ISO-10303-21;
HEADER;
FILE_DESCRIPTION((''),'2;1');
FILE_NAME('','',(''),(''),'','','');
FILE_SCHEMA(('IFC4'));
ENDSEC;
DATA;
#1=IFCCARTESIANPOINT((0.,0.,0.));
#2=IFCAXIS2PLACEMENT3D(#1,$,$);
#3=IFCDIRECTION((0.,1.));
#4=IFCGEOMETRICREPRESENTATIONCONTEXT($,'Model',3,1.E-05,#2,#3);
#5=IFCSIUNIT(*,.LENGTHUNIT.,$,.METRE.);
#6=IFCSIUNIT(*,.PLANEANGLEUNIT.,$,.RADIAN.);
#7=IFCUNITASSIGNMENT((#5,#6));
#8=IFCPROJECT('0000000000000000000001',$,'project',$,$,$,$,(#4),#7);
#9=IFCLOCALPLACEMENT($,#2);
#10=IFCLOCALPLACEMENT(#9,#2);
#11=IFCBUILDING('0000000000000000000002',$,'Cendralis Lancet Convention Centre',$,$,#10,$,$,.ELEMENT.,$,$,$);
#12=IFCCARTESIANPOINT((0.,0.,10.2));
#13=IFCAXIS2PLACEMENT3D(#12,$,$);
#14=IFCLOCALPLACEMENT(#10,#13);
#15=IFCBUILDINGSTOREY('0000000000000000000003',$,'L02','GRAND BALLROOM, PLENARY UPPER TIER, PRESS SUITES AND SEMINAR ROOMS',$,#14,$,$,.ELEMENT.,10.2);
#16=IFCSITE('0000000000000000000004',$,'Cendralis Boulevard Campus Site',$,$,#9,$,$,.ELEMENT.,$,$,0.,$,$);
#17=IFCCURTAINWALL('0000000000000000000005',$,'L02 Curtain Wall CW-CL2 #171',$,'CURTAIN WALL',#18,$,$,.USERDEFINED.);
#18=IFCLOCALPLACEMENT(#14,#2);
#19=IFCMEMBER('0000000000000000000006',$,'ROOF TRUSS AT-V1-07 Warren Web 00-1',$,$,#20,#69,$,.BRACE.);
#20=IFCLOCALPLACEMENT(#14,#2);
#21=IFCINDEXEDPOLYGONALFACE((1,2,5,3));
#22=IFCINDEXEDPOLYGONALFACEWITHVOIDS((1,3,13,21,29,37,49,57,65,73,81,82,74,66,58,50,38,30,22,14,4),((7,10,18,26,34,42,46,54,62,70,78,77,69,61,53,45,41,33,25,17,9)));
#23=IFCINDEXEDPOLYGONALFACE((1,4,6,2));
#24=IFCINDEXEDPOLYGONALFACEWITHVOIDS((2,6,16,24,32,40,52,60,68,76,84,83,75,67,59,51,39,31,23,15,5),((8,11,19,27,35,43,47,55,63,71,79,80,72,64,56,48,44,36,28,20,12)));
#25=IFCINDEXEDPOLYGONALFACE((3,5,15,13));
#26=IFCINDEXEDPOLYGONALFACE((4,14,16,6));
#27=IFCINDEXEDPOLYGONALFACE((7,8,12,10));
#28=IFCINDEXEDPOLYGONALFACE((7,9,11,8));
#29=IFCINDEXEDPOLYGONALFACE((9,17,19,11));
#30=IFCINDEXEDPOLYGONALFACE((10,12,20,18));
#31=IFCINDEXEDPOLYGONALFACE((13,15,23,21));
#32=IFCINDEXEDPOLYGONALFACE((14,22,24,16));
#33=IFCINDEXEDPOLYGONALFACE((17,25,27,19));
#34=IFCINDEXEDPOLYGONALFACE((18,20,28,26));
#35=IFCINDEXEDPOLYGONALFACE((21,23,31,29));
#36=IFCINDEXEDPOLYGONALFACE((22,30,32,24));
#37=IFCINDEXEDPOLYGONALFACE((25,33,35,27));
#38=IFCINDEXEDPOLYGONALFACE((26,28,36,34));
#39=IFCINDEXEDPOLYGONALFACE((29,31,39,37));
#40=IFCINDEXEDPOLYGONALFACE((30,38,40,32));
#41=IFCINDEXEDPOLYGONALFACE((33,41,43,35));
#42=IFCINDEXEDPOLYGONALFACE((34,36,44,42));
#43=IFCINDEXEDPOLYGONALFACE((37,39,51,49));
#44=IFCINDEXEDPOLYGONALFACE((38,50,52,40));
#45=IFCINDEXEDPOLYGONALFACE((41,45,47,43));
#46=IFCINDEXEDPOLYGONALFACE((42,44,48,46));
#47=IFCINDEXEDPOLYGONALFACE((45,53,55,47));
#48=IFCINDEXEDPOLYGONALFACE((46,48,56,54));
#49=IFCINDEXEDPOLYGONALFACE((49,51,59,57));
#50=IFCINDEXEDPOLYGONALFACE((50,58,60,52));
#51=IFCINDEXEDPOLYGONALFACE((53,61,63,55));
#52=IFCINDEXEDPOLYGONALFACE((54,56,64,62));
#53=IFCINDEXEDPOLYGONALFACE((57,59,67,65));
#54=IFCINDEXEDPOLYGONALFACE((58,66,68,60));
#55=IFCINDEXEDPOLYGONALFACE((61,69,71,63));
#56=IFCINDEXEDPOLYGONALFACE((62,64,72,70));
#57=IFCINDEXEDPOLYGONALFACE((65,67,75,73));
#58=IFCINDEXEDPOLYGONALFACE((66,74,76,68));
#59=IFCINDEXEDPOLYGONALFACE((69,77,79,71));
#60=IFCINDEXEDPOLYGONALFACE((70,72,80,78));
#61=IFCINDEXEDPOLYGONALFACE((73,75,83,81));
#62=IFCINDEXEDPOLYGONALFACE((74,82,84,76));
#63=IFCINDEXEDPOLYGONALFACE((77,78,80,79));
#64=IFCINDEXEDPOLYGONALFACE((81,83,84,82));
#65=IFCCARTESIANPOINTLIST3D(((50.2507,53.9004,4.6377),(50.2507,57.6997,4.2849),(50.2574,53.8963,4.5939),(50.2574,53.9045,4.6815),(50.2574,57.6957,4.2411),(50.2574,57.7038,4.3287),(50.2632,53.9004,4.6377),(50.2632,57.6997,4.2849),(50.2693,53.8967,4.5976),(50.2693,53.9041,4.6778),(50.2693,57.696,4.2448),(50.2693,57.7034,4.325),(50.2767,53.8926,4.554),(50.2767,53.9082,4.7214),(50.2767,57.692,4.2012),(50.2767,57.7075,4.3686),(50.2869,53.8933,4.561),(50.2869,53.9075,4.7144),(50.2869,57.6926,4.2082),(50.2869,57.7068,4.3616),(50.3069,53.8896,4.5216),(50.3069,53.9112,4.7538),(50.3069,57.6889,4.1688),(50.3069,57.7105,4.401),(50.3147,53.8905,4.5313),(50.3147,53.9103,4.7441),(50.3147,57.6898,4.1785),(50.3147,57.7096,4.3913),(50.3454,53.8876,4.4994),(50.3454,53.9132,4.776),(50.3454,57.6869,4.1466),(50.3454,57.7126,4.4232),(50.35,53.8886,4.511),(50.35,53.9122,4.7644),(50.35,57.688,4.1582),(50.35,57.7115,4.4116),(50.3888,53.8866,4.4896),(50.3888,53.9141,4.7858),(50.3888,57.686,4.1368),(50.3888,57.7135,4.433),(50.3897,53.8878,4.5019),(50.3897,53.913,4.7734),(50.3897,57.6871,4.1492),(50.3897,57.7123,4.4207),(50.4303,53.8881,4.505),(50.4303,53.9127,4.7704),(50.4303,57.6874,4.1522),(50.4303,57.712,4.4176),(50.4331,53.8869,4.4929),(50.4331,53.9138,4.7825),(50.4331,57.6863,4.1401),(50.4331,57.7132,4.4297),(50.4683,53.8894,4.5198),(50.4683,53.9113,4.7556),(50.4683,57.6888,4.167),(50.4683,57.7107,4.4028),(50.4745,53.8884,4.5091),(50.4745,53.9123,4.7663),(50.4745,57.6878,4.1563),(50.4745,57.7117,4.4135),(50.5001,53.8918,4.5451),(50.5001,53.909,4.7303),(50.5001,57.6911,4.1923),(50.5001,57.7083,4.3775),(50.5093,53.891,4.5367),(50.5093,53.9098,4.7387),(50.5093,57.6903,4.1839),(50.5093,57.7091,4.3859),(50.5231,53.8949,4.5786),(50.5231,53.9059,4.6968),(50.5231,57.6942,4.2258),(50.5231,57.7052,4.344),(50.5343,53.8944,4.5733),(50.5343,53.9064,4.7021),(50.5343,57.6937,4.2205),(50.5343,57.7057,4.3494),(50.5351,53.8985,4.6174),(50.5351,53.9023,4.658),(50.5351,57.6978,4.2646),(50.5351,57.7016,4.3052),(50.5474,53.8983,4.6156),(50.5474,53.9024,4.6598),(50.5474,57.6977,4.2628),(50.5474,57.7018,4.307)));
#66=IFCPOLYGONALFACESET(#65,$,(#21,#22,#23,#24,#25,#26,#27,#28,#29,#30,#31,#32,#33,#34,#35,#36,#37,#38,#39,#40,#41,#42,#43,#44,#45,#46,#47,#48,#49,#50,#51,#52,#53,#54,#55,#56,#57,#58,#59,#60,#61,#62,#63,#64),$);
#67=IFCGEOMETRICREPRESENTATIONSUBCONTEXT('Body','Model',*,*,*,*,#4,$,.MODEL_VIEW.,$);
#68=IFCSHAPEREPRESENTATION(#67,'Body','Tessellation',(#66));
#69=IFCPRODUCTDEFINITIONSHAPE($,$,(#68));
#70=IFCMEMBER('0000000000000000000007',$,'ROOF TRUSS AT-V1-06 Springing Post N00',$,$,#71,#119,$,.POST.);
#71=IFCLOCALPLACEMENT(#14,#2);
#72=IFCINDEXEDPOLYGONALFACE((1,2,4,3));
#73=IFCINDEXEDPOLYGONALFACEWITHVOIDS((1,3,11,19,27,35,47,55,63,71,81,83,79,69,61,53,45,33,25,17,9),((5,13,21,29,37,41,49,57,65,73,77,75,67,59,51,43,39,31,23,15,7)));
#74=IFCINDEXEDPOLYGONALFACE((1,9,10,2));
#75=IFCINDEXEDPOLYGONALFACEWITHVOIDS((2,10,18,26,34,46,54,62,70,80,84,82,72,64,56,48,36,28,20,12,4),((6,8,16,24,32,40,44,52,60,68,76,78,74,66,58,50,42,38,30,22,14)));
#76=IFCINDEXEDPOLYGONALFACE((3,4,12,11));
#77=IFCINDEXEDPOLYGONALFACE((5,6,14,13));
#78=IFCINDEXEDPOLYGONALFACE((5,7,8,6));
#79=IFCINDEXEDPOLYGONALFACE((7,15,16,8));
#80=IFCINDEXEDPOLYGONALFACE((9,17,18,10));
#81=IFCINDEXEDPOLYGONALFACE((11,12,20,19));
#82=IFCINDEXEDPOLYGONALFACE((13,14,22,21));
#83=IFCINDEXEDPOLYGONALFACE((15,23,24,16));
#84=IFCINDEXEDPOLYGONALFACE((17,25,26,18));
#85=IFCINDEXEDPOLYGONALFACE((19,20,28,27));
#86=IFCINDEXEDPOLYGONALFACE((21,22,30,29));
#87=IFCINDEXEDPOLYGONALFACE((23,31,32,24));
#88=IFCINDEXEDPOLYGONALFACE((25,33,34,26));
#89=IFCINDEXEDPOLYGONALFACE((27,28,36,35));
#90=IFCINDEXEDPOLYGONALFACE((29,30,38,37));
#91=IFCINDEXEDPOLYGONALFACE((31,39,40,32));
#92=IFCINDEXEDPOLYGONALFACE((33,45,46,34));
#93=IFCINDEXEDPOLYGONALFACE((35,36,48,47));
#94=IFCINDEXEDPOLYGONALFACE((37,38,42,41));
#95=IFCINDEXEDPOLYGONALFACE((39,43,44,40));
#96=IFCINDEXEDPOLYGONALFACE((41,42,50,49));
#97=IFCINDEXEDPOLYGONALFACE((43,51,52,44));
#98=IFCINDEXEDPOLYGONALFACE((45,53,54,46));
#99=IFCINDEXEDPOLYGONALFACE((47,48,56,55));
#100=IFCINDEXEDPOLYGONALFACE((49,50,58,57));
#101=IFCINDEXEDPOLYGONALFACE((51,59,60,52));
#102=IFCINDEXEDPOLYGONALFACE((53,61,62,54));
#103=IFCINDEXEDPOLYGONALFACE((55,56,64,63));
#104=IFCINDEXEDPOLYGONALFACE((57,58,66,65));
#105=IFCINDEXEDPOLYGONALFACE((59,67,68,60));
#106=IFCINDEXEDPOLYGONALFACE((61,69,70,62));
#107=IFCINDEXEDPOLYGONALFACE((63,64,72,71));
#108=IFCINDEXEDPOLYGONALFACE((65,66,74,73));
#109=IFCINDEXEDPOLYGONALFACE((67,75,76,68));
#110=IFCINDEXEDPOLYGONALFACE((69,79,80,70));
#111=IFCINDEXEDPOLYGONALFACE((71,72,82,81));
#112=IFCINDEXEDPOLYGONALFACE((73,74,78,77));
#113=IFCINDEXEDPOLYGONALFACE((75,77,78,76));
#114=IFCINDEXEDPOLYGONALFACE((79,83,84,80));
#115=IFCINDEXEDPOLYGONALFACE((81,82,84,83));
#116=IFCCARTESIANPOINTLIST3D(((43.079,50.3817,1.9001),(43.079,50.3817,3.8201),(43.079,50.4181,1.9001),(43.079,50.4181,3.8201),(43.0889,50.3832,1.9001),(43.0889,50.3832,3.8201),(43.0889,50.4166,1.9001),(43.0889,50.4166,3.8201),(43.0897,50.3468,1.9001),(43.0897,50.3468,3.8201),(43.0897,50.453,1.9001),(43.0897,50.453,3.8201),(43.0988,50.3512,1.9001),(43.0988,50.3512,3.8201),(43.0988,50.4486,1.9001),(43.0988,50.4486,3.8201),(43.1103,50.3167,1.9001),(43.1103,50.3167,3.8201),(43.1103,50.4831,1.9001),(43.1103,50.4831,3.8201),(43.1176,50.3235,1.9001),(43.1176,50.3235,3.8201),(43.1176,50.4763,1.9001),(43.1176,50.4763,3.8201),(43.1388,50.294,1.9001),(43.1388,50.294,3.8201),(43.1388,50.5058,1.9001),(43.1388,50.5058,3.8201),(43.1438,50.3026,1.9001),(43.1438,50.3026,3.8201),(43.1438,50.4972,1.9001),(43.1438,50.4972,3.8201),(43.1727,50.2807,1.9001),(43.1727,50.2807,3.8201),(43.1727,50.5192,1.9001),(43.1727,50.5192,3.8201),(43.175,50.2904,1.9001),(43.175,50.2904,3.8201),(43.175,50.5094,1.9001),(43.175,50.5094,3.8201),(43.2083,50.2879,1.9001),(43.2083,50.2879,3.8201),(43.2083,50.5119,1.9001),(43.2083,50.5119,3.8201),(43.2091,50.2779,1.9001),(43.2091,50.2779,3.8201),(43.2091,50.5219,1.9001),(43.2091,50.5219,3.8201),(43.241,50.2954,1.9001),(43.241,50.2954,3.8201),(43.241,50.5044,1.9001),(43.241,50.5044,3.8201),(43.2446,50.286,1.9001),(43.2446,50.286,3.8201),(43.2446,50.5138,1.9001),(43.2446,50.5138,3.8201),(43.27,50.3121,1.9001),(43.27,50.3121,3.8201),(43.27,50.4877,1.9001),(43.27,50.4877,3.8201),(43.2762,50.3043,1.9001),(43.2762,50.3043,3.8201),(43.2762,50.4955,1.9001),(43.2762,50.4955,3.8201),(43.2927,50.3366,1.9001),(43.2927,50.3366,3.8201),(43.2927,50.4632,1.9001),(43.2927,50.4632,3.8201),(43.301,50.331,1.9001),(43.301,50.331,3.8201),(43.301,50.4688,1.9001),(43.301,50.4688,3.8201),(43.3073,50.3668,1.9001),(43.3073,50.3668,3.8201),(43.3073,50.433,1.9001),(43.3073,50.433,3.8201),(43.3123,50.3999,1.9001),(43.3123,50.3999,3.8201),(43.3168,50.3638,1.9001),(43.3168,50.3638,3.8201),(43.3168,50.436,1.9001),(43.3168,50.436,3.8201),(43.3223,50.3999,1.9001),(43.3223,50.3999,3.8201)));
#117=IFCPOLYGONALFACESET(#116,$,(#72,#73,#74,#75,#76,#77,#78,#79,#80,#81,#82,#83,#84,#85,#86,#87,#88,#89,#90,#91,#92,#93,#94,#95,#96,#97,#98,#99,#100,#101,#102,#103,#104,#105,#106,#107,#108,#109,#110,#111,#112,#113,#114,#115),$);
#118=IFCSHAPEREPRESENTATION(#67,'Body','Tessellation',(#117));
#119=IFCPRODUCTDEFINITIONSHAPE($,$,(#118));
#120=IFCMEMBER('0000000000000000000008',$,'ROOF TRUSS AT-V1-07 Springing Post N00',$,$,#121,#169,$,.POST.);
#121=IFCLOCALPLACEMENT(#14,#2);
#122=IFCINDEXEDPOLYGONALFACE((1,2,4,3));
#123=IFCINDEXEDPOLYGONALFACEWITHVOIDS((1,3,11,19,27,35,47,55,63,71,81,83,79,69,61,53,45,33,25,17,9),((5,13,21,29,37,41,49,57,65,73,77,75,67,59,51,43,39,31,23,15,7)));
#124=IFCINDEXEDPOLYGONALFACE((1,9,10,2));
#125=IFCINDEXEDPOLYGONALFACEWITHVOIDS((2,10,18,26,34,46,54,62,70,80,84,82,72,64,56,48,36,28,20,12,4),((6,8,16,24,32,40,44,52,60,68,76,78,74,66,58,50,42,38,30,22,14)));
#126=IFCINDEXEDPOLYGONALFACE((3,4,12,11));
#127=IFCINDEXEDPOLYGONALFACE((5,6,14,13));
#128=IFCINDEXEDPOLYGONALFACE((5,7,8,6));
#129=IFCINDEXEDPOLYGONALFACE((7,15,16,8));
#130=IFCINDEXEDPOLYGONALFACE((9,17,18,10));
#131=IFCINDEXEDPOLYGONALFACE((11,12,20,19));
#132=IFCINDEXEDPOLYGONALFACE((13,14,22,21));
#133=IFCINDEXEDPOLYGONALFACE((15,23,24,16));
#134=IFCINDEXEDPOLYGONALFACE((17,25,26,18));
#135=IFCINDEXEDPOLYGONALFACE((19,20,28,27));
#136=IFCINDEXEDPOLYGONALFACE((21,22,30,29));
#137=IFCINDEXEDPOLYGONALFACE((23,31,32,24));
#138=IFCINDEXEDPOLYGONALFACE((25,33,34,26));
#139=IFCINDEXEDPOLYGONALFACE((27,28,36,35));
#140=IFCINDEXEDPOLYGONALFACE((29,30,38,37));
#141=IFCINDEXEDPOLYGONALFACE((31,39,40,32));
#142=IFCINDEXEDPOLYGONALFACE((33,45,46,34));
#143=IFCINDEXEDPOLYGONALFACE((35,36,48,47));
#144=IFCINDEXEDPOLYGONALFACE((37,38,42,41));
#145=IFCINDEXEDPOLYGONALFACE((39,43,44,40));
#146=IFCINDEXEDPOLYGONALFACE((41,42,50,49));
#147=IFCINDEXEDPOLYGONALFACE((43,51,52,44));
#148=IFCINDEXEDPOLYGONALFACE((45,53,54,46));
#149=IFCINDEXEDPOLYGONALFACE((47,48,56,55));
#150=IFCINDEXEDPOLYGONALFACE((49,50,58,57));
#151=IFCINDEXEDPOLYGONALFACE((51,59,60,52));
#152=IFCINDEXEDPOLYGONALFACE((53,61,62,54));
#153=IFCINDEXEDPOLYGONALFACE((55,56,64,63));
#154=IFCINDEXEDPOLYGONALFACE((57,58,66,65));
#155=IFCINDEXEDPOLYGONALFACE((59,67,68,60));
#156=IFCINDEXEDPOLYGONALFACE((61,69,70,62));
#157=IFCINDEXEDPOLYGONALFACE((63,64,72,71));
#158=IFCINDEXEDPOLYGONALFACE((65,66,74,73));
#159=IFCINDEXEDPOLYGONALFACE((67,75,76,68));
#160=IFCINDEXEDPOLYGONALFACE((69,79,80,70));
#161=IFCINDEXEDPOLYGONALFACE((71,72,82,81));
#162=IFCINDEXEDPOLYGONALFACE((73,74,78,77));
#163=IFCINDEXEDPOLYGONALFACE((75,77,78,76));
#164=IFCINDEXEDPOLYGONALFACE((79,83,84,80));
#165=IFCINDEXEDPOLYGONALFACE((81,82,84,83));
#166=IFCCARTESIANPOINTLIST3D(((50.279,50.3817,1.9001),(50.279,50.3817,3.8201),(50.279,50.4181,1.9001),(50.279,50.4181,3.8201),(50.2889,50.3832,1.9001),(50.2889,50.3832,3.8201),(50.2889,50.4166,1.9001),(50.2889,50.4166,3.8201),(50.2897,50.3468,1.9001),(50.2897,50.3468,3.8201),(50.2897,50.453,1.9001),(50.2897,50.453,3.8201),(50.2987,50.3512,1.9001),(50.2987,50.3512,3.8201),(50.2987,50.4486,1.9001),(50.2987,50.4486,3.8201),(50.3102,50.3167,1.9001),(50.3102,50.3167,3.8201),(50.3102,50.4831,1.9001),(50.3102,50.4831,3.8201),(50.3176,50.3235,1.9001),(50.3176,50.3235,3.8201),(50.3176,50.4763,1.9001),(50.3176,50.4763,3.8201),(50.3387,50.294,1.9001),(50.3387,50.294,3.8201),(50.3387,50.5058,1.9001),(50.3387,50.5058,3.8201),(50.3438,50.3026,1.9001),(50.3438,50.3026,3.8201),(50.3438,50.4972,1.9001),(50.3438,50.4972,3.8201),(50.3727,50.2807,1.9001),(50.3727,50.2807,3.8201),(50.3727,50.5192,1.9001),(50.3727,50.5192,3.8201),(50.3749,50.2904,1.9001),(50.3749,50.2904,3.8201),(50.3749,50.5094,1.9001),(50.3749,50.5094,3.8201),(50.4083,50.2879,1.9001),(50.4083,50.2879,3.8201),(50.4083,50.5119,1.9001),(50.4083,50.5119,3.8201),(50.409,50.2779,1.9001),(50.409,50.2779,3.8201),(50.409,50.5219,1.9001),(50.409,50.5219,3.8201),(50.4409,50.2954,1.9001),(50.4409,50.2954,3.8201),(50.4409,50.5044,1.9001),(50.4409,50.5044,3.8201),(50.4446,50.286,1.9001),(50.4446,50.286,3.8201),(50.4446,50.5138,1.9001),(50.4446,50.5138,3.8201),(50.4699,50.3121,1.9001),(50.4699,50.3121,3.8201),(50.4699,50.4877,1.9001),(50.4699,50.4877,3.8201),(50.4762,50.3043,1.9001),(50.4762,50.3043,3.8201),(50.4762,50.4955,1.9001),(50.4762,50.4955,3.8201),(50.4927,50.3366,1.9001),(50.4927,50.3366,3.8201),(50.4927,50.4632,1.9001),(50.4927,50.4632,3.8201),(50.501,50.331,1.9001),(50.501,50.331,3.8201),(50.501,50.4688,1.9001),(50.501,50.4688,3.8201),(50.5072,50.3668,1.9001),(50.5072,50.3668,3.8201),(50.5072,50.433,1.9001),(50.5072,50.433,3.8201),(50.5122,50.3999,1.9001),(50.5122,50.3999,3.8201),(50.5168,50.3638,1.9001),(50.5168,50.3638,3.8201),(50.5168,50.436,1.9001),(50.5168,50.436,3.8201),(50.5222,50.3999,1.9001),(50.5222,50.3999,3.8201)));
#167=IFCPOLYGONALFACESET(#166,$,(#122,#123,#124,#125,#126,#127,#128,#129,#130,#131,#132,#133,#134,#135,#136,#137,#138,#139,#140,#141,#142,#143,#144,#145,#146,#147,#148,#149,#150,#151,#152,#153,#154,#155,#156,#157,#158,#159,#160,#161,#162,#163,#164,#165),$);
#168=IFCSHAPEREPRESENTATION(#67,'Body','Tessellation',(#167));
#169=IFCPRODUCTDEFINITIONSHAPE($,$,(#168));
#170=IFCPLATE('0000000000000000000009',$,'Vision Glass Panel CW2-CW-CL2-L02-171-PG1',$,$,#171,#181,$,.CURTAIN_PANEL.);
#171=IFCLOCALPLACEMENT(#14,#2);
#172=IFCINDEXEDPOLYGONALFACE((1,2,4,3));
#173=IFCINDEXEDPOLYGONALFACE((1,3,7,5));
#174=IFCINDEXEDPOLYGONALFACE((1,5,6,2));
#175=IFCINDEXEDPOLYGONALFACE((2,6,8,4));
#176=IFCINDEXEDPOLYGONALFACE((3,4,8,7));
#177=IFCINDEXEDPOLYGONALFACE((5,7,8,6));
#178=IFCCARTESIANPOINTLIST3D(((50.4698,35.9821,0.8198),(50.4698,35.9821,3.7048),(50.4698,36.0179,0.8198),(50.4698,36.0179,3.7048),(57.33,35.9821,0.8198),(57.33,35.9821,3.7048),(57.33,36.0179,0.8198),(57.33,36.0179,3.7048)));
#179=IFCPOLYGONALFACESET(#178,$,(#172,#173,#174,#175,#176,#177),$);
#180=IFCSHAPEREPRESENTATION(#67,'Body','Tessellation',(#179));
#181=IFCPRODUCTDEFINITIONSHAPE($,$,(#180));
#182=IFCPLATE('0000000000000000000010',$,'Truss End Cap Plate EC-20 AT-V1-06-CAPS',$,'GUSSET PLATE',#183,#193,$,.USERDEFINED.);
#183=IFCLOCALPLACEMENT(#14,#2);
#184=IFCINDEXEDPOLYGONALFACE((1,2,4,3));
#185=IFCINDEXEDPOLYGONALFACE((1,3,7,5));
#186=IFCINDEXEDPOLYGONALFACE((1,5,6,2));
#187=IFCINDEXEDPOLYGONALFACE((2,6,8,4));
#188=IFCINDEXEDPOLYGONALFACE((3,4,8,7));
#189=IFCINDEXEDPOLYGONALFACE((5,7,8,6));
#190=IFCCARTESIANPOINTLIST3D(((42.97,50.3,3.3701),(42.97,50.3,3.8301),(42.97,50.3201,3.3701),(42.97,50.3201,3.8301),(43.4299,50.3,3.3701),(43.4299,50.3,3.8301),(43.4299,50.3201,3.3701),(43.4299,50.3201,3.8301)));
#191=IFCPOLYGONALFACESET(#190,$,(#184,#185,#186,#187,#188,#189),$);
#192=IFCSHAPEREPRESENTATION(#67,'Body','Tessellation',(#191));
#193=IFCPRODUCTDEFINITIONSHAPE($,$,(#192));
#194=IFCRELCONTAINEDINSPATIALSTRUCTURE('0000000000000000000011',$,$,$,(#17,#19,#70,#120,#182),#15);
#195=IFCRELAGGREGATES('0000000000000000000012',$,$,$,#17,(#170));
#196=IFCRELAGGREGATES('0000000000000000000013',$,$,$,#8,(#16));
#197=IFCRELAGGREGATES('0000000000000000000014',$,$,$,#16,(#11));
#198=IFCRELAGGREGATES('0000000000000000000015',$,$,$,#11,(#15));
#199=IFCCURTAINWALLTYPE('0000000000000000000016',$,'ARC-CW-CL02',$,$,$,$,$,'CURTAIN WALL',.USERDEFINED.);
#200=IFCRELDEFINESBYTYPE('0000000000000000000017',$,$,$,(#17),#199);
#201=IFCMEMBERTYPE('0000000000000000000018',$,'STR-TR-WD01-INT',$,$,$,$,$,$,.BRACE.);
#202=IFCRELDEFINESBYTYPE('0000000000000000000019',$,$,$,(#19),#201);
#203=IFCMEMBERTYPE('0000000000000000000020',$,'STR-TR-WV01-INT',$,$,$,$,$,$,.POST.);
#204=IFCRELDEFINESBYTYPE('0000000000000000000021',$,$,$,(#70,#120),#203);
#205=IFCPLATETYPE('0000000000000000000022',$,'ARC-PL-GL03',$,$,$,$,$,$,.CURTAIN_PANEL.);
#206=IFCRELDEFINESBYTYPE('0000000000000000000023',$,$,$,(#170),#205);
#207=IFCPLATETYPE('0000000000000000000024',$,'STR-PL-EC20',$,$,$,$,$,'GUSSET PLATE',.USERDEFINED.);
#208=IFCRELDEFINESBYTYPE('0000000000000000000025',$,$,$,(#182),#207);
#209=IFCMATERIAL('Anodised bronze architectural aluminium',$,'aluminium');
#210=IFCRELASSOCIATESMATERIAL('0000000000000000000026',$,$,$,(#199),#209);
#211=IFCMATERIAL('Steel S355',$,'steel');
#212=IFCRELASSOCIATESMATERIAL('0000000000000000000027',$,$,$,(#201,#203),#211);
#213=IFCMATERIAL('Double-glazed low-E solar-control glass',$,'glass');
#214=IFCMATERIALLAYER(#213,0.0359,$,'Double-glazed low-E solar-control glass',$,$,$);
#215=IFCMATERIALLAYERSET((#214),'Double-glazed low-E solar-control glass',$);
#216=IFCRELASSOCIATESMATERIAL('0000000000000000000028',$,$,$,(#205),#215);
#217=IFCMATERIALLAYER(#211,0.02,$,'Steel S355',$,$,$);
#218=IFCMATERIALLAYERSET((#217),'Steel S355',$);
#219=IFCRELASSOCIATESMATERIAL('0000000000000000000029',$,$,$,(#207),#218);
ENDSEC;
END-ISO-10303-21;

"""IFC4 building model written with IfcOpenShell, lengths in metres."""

from ifc_helpers import new_model, si_unit, direction, frame, origin, origin_2d, place, context, subcontext, project, spatial, rectangle, hollow_circle, extrude, material, layer, layer_set, material_profile, profile_set, type_object, element, aggregate, save


model = new_model("IFC4")

# Units and contexts
model_context = context("Model", 3, precision=1e-05, world=origin(), true_north=direction((0.0, 1.0)))
body_context = subcontext(model_context, "Body", "Model", "MODEL_VIEW")
ifc_project = project(units=[si_unit("LENGTHUNIT", "METRE"), si_unit("PLANEANGLEUNIT", "RADIAN")], contexts=[model_context])

# Site, building, storey
site_placement = place(None, origin())
site = spatial("IfcSite", under=ifc_project, at=site_placement, Name="Cendralis Boulevard Campus Site", CompositionType="ELEMENT", RefElevation=0.0)
building_placement = place(site_placement, origin())
building = spatial("IfcBuilding", under=site, at=building_placement, Name="Cendralis Lancet Convention Centre", CompositionType="ELEMENT")
storey_placement = place(building_placement, frame((0.0, 0.0, 10.2)))
storey = spatial("IfcBuildingStorey", under=building, at=storey_placement, Name="L02", Description="GRAND BALLROOM, PLENARY UPPER TIER, PRESS SUITES AND SEMINAR ROOMS", CompositionType="ELEMENT", Elevation=10.2)

# Shared definitions
ifc_material_1 = material(Name="Steel S355", Category="steel")

# Curtain wall
ifc_material_2 = material(Name="Anodised bronze architectural aluminium", Category="aluminium")
curtain_wall_type = type_object("IfcCurtainWallType", Name="ARC-CW-CL02", ElementType="CURTAIN WALL", PredefinedType="USERDEFINED", material=ifc_material_2)
curtain_wall_placement = place(storey_placement, origin())
curtain_wall = element("IfcCurtainWall", 1, at=curtain_wall_placement, inside=storey, type_object=curtain_wall_type, Name="L02 Curtain Wall CW-CL2 #171", ObjectType="CURTAIN WALL", PredefinedType="USERDEFINED")

# Members
ifc_material_profile_1 = material_profile(ifc_material_1, hollow_circle(Radius=0.1492, WallThickness=0.0125, at=origin_2d()), Name="CHS 298.5x12.5")
ifc_profile_set_1 = profile_set([ifc_material_profile_1], Name="Steel S355")
member_type_1 = type_object("IfcMemberType", Name="STR-TR-WD01-INT", PredefinedType="BRACE", material=ifc_profile_set_1)
member_1_placement = place(storey_placement, frame((50.3999, 53.9004, 4.6377), z_axis=(0.0, 0.995717, -0.092457), x_axis=(-1.0, 0.0, 0.0)))
element("IfcMember", 2, at=member_1_placement, inside=storey, type_object=member_type_1, Name="ROOF TRUSS AT-V1-07 Warren Web 00-1", PredefinedType="BRACE", context=body_context, shape_type="SweptSolid", body=[
    extrude(hollow_circle(Radius=0.1492, WallThickness=0.0125, at=origin_2d()), origin(), (0.0, 0.0, 1.0), 3.8157),
])
ifc_material_profile_2 = material_profile(ifc_material_1, hollow_circle(Radius=0.1223, WallThickness=0.01, at=origin_2d()), Name="CHS 244.5x10.0")
ifc_profile_set_2 = profile_set([ifc_material_profile_2], Name="Steel S355")
member_type_2 = type_object("IfcMemberType", Name="STR-TR-WV01-INT", PredefinedType="POST", material=ifc_profile_set_2)
for number, where, z_axis, x_axis, name in (
    (3, (43.2, 50.3999, 1.9001), (0.0, 0.0, 1.0), (1.0, 0.0, 0.0), "ROOF TRUSS AT-V1-06 Springing Post N00"),
    (4, (50.3999, 50.3999, 1.9001), (0.0, 0.0, 1.0), (1.0, 0.0, 0.0), "ROOF TRUSS AT-V1-07 Springing Post N00"),
):
    element("IfcMember", number, at=place(storey_placement, frame(where, z_axis=z_axis, x_axis=x_axis)), inside=storey, type_object=member_type_2, Name=name, PredefinedType="POST", context=body_context, shape_type="SweptSolid", body=[
        extrude(hollow_circle(Radius=0.1223, WallThickness=0.01, at=origin_2d()), origin(), (0.0, 0.0, 1.0), 1.9199),
    ])

# Plate
ifc_material_3 = material(Name="Double-glazed low-E solar-control glass", Category="glass")
ifc_layer_1 = layer(ifc_material_3, 0.0359, Name="Double-glazed low-E solar-control glass")
ifc_layer_set_1 = layer_set([ifc_layer_1], Name="Double-glazed low-E solar-control glass")
plate_type_1 = type_object("IfcPlateType", Name="ARC-PL-GL03", PredefinedType="CURTAIN_PANEL", material=ifc_layer_set_1)
plate_placement = place(storey_placement, frame((53.8999, 36.0, 0.8198), z_axis=(0.0, 0.0, 1.0), x_axis=(1.0, 0.0, 0.0)))
plate = element("IfcPlate", 5, at=plate_placement, type_object=plate_type_1, Name="Vision Glass Panel CW2-CW-CL2-L02-171-PG1", PredefinedType="CURTAIN_PANEL", context=body_context, shape_type="SweptSolid", body=[
    extrude(rectangle(XDim=6.8601, YDim=0.0359, at=origin_2d()), origin(), (0.0, 0.0, 1.0), 2.885),
])
aggregate(curtain_wall, [plate])

# Plate
ifc_layer_2 = layer(ifc_material_1, 0.02, Name="Steel S355")
ifc_layer_set_2 = layer_set([ifc_layer_2], Name="Steel S355")
plate_type_2 = type_object("IfcPlateType", Name="STR-PL-EC20", ElementType="GUSSET PLATE", PredefinedType="USERDEFINED", material=ifc_layer_set_2)
for number, where, z_axis, x_axis, name in (
    (6, (43.2, 50.3101, 3.3701), (0.0, 0.0, 1.0), (1.0, 0.0, 0.0), "Truss End Cap Plate EC-20 AT-V1-06-CAPS"),
):
    element("IfcPlate", number, at=place(storey_placement, frame(where, z_axis=z_axis, x_axis=x_axis)), inside=storey, type_object=plate_type_2, Name=name, ObjectType="GUSSET PLATE", PredefinedType="USERDEFINED", context=body_context, shape_type="SweptSolid", body=[
        extrude(rectangle(XDim=0.46, YDim=0.02, at=origin_2d()), origin(), (0.0, 0.0, 1.0), 0.46),
    ])

save(model, "model.ifc")
